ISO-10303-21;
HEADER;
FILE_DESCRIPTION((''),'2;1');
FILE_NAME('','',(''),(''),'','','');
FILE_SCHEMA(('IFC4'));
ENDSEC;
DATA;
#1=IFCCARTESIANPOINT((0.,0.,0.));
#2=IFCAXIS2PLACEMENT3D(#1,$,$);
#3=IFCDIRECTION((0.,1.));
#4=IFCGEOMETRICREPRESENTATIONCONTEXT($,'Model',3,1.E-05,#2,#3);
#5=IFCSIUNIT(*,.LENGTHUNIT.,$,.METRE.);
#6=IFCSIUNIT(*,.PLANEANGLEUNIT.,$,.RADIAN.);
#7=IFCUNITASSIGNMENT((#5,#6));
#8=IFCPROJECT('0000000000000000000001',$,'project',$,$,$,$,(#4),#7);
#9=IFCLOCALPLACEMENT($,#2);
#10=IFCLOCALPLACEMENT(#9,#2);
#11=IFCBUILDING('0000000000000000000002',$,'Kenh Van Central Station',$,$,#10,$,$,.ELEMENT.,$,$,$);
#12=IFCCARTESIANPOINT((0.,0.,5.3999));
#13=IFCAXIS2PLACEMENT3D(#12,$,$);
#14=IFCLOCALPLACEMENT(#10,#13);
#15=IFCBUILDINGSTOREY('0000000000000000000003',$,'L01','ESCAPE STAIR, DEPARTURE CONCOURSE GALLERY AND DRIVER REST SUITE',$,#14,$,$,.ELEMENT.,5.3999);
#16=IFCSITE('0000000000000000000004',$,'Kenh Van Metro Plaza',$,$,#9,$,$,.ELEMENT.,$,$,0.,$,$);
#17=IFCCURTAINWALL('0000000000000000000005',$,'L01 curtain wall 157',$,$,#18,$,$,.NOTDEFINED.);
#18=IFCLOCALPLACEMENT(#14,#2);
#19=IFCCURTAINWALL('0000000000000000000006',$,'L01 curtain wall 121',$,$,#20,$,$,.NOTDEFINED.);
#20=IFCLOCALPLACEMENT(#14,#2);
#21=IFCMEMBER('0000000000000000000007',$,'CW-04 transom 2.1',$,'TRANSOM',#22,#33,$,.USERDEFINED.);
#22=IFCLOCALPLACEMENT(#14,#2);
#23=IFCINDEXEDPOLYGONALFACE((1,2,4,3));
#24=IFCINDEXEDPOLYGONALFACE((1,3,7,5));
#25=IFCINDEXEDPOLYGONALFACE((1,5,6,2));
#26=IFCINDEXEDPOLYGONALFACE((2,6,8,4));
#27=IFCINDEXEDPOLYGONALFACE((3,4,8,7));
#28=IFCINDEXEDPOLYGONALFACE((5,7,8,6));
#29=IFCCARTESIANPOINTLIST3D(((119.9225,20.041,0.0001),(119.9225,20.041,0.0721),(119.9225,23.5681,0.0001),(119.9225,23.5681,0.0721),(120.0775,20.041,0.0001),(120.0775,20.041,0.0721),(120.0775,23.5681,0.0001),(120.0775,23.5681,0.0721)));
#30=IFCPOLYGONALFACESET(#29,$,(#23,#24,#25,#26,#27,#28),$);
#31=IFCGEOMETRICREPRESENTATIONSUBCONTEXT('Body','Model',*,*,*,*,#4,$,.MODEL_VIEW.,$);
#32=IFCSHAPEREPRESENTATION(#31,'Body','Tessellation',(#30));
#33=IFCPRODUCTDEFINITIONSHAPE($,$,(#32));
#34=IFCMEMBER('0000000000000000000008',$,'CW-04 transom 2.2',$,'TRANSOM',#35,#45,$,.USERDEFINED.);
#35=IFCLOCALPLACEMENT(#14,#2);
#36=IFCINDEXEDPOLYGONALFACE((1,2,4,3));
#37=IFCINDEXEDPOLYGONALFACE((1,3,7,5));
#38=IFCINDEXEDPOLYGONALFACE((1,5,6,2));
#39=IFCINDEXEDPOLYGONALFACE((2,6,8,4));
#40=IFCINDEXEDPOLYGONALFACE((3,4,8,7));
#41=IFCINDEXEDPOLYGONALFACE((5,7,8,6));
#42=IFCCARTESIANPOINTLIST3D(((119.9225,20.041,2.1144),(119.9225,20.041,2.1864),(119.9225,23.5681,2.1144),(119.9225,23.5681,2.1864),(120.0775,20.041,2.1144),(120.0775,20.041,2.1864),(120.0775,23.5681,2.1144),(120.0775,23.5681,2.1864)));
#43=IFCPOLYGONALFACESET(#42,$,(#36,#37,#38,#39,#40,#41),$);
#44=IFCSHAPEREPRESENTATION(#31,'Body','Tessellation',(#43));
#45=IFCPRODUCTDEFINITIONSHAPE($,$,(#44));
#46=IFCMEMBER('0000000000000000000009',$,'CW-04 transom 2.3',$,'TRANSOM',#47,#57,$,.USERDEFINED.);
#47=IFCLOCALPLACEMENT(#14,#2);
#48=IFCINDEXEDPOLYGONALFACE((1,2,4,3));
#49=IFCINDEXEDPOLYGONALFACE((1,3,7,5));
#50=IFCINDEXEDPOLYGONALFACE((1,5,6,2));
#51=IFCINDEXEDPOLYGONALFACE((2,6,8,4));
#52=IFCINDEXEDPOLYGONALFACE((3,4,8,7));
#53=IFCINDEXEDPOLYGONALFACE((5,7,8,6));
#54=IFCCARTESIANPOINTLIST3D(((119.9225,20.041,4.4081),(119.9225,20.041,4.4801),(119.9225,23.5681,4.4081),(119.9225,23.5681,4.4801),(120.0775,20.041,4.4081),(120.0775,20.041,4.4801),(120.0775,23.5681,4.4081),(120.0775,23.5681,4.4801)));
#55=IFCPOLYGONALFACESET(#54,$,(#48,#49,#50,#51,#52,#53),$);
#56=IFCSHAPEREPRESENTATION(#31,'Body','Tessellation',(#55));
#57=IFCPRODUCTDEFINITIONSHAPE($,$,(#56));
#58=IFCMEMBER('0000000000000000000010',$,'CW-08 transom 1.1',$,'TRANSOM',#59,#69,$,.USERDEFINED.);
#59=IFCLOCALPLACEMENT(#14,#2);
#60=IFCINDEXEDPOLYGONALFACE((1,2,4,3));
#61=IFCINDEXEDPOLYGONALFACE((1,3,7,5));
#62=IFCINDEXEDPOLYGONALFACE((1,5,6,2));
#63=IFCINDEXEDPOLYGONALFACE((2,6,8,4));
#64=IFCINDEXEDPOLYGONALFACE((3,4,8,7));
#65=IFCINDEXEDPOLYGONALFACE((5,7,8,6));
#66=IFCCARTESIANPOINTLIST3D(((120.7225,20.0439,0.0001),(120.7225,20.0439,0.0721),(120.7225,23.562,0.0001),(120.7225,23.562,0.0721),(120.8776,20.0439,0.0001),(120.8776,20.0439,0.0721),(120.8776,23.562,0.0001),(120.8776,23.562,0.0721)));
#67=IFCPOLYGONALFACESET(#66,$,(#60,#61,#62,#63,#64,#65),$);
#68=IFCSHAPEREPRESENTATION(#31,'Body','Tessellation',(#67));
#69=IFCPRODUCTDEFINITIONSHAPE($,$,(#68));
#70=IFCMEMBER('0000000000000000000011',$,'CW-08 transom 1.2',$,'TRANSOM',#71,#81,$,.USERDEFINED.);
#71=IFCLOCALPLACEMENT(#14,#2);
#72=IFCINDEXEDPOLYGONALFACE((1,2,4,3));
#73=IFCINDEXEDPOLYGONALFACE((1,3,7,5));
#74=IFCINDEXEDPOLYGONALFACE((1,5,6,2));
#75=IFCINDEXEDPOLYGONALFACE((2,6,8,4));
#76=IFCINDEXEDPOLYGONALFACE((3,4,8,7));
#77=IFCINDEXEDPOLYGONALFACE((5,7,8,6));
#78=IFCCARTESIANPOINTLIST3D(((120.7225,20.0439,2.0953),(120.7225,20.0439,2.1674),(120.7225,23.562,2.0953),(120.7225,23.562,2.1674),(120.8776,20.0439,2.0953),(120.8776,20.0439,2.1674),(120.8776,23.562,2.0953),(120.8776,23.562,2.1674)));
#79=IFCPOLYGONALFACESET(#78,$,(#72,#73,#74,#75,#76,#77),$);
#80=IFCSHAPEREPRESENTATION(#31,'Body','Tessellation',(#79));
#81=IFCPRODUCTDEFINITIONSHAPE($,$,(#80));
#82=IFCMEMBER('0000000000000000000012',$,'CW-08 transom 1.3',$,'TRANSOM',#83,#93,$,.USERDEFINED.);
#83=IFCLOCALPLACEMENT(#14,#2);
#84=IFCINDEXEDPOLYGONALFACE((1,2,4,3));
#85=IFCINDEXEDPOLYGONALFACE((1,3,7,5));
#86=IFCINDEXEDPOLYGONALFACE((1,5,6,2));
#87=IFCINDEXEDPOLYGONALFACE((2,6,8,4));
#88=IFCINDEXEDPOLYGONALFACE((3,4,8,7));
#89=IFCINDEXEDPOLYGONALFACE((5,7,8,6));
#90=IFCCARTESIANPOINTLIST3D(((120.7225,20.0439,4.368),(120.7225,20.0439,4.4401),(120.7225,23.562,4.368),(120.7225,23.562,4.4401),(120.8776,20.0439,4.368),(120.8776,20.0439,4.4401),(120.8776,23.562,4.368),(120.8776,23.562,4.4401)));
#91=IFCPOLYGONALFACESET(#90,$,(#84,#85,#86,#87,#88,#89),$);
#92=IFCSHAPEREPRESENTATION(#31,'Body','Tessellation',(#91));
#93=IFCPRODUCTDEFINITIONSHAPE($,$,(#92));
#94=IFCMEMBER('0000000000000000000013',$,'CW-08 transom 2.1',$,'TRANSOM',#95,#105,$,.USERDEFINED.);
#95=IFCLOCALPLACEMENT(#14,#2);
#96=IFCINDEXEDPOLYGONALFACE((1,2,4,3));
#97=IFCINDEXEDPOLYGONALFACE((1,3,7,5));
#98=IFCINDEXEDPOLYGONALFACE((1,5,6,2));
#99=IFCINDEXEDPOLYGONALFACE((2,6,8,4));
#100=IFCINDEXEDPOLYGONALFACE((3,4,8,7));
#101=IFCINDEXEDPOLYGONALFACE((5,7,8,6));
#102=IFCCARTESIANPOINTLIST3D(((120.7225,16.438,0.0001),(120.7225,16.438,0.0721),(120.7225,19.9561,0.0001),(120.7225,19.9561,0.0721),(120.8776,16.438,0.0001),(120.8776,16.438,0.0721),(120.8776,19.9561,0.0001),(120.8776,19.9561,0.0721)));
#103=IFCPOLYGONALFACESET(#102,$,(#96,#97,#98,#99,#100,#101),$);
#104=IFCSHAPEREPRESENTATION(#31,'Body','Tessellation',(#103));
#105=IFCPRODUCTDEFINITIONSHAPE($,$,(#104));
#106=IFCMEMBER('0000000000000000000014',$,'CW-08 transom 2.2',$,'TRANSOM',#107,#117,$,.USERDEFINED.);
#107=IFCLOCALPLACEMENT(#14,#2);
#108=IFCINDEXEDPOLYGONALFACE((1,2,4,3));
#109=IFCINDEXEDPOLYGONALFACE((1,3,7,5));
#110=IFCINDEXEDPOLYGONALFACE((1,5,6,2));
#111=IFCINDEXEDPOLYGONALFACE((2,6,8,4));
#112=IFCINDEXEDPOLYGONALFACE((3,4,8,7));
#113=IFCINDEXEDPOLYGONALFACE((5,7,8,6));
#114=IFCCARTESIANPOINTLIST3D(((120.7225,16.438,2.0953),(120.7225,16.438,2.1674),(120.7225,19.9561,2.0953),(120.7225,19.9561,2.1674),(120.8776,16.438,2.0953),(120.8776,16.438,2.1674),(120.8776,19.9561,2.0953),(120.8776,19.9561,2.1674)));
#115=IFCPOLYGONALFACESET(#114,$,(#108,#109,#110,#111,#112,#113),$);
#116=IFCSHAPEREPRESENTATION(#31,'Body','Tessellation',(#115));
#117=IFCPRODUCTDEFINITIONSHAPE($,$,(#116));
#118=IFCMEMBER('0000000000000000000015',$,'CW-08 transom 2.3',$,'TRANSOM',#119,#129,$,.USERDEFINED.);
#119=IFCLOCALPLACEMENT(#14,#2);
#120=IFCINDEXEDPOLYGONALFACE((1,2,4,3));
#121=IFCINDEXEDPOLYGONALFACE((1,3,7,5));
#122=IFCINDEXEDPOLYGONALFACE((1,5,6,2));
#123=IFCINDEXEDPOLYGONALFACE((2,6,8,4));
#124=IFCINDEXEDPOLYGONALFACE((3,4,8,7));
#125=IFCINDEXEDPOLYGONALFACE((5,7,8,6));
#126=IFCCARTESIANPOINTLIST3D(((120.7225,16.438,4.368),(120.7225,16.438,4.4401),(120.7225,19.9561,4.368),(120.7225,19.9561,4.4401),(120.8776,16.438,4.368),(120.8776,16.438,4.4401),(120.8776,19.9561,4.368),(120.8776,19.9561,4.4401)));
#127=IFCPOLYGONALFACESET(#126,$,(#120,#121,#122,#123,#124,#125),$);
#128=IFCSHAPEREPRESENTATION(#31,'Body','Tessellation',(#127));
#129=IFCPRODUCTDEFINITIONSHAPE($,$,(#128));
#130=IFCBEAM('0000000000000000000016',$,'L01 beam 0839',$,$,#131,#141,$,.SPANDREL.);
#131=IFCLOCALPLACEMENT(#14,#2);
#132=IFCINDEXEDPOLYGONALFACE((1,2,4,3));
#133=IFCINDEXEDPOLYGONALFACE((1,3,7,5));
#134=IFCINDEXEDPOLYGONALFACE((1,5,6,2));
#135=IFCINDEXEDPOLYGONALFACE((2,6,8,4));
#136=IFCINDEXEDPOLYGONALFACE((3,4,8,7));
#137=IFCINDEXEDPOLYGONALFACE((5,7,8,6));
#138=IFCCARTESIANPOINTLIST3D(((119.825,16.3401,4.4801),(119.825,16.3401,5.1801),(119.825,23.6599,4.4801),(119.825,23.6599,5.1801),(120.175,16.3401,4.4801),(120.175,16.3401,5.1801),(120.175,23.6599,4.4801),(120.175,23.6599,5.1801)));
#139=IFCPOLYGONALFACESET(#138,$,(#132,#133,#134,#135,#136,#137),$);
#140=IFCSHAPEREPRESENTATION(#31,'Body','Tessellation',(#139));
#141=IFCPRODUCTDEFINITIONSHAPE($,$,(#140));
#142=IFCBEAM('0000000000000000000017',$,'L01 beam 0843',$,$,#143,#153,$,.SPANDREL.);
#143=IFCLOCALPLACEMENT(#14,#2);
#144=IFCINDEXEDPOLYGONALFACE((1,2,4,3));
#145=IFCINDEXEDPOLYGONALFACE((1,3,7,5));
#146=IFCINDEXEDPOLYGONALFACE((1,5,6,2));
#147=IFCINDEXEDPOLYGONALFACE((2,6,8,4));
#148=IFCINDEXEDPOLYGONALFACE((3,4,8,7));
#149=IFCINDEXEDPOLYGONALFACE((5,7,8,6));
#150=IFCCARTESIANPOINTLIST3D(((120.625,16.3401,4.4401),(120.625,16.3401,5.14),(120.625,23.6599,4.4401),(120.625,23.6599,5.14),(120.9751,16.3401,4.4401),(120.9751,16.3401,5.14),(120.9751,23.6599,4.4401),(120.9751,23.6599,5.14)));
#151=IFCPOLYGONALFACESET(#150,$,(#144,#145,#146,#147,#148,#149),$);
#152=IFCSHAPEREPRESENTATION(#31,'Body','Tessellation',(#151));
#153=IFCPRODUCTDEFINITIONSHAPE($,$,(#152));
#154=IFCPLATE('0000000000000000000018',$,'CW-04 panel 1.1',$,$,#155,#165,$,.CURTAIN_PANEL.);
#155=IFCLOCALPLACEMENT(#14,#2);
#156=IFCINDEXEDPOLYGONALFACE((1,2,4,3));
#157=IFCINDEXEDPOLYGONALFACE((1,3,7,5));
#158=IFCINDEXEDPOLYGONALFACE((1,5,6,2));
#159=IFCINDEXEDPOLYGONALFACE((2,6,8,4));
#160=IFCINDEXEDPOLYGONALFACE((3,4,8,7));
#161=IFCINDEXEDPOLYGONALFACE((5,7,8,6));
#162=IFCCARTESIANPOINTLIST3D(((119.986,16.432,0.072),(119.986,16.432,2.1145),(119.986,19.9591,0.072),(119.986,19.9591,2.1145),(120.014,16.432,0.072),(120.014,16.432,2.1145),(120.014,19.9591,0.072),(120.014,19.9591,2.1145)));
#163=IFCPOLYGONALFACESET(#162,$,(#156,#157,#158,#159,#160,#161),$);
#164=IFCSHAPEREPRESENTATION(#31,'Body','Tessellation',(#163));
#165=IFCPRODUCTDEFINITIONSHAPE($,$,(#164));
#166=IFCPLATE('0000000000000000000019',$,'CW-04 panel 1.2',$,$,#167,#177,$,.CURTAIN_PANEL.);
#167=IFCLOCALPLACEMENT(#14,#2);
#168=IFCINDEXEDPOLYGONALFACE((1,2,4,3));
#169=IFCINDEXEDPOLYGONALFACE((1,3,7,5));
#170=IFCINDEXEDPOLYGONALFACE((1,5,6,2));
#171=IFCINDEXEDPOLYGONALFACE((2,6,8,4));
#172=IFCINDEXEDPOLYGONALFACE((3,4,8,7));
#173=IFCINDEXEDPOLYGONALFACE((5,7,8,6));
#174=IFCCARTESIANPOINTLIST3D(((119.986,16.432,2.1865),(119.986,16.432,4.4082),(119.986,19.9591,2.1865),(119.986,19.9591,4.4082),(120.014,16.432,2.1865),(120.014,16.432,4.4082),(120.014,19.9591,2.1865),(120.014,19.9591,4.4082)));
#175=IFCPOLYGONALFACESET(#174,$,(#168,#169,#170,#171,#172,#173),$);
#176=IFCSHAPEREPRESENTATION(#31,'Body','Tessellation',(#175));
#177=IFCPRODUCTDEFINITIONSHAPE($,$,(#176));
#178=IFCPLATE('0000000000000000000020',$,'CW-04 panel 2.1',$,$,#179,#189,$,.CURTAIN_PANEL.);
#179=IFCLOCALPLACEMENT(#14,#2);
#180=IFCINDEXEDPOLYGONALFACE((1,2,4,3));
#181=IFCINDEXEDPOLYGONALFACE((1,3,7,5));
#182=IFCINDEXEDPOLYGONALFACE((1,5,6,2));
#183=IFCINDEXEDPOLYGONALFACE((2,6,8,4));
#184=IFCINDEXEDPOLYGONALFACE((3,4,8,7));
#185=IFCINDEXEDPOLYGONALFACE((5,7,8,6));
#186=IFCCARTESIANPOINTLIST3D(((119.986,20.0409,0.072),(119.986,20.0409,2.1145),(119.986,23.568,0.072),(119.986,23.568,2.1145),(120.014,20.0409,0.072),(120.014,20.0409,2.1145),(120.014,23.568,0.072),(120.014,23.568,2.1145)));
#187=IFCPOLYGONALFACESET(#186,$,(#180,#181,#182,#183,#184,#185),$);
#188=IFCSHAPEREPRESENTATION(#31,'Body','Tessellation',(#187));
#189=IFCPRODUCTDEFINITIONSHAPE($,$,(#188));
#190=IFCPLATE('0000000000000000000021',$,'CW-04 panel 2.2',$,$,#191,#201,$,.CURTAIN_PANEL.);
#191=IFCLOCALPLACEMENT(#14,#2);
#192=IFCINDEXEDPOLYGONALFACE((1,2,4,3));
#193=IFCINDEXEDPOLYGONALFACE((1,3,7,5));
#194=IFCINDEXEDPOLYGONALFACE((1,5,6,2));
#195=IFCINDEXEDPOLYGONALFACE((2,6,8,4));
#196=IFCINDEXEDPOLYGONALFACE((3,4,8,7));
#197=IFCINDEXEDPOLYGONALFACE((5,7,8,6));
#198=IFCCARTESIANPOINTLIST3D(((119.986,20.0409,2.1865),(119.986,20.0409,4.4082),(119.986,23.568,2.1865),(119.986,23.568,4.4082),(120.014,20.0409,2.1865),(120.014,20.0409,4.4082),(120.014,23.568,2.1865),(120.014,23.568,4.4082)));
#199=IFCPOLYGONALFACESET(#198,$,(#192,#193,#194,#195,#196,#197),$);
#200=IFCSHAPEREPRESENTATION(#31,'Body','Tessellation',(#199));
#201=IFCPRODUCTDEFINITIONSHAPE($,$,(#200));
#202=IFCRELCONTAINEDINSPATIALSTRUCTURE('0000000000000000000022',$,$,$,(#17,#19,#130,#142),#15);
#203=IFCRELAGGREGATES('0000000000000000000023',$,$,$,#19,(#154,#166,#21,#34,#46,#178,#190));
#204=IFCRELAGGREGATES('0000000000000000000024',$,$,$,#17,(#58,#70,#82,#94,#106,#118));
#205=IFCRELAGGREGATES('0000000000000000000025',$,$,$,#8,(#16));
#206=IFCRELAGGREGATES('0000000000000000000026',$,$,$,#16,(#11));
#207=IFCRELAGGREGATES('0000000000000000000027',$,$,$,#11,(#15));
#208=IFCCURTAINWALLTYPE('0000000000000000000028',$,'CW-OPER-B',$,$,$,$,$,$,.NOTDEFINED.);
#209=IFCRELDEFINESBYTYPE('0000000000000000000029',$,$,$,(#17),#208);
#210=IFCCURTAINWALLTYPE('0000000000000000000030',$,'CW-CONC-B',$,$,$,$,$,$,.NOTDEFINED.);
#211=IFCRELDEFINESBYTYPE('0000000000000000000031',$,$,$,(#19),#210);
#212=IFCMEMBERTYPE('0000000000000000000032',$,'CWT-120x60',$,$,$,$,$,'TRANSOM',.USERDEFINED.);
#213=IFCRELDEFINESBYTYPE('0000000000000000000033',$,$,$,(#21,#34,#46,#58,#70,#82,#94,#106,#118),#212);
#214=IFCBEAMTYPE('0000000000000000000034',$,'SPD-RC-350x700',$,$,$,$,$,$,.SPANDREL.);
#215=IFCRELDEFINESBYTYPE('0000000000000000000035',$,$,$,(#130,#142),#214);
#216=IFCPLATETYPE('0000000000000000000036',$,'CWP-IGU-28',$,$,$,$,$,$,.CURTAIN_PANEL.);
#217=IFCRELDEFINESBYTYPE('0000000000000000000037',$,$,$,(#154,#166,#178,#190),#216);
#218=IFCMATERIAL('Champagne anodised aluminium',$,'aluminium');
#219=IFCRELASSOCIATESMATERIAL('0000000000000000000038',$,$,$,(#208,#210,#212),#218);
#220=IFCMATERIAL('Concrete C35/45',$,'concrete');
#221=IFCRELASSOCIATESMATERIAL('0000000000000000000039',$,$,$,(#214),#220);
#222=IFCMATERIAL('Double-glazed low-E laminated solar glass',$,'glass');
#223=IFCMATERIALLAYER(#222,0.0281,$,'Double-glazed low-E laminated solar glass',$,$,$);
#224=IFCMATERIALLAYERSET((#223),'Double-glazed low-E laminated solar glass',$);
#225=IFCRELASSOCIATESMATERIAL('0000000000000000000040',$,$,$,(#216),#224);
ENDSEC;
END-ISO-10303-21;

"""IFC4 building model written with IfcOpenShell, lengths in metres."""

from ifc_helpers import new_model, si_unit, direction, frame, origin, origin_2d, place, context, subcontext, project, spatial, rectangle, extrude, material, layer, layer_set, material_profile, profile_set, type_object, element, aggregate, save


model = new_model("IFC4")

# Units and contexts
model_context = context("Model", 3, precision=1e-05, world=origin(), true_north=direction((0.0, 1.0)))
body_context = subcontext(model_context, "Body", "Model", "MODEL_VIEW")
ifc_project = project(units=[si_unit("LENGTHUNIT", "METRE"), si_unit("PLANEANGLEUNIT", "RADIAN")], contexts=[model_context])

# Site, building, storey
site_placement = place(None, origin())
site = spatial("IfcSite", under=ifc_project, at=site_placement, Name="Kenh Van Metro Plaza", CompositionType="ELEMENT", RefElevation=0.0)
building_placement = place(site_placement, origin())
building = spatial("IfcBuilding", under=site, at=building_placement, Name="Kenh Van Central Station", CompositionType="ELEMENT")
storey_placement = place(building_placement, frame((0.0, 0.0, 5.3999)))
storey = spatial("IfcBuildingStorey", under=building, at=storey_placement, Name="L01", Description="ESCAPE STAIR, DEPARTURE CONCOURSE GALLERY AND DRIVER REST SUITE", CompositionType="ELEMENT", Elevation=5.3999)

# Shared definitions
ifc_material_1 = material(Name="Concrete C35/45", Category="concrete")

# Curtain walls, members
ifc_material_2 = material(Name="Champagne anodised aluminium", Category="aluminium")
curtain_wall_type_1 = type_object("IfcCurtainWallType", Name="CW-OPER-B", PredefinedType="NOTDEFINED", material=ifc_material_2)
curtain_wall_1_placement = place(storey_placement, origin())
curtain_wall_1 = element("IfcCurtainWall", 1, at=curtain_wall_1_placement, inside=storey, type_object=curtain_wall_type_1, Name="L01 curtain wall 157", PredefinedType="NOTDEFINED")
curtain_wall_type_2 = type_object("IfcCurtainWallType", Name="CW-CONC-B", PredefinedType="NOTDEFINED", material=ifc_material_2)
curtain_wall_2_placement = place(storey_placement, origin())
curtain_wall_2 = element("IfcCurtainWall", 2, at=curtain_wall_2_placement, inside=storey, type_object=curtain_wall_type_2, Name="L01 curtain wall 121", PredefinedType="NOTDEFINED")
ifc_material_profile_1 = material_profile(ifc_material_2, rectangle(XDim=0.155, YDim=0.072, at=origin_2d()), Name="AL 155x72")
ifc_profile_set_1 = profile_set([ifc_material_profile_1], Name="Champagne anodised aluminium")
member_type_1 = type_object("IfcMemberType", Name="CWT-120x60", ElementType="TRANSOM", PredefinedType="USERDEFINED", material=ifc_profile_set_1)
member_1_placement = place(storey_placement, frame((120.0, 20.041, 0.0361), z_axis=(0.0, 1.0, 0.0), x_axis=(-1.0, 0.0, 0.0)))
member_1 = element("IfcMember", 3, at=member_1_placement, type_object=member_type_1, Name="CW-04 transom 2.1", ObjectType="TRANSOM", PredefinedType="USERDEFINED", context=body_context, shape_type="SweptSolid", body=[
    extrude(rectangle(XDim=0.155, YDim=0.072, at=origin_2d()), origin(), (0.0, 0.0, 1.0), 3.5271),
])
member_2_placement = place(storey_placement, frame((120.0, 20.041, 2.1504), z_axis=(0.0, 1.0, 0.0), x_axis=(-1.0, 0.0, 0.0)))
member_2 = element("IfcMember", 4, at=member_2_placement, type_object=member_type_1, Name="CW-04 transom 2.2", ObjectType="TRANSOM", PredefinedType="USERDEFINED", context=body_context, shape_type="SweptSolid", body=[
    extrude(rectangle(XDim=0.155, YDim=0.072, at=origin_2d()), origin(), (0.0, 0.0, 1.0), 3.5271),
])
member_3_placement = place(storey_placement, frame((120.0, 20.041, 4.4441), z_axis=(0.0, 1.0, 0.0), x_axis=(-1.0, 0.0, 0.0)))
member_3 = element("IfcMember", 5, at=member_3_placement, type_object=member_type_1, Name="CW-04 transom 2.3", ObjectType="TRANSOM", PredefinedType="USERDEFINED", context=body_context, shape_type="SweptSolid", body=[
    extrude(rectangle(XDim=0.155, YDim=0.072, at=origin_2d()), origin(), (0.0, 0.0, 1.0), 3.5271),
])

# Members
member_4_placement = place(storey_placement, frame((120.8, 23.562, 0.0361), z_axis=(0.0, -1.0, 0.0), x_axis=(1.0, 0.0, 0.0)))
member_4 = element("IfcMember", 6, at=member_4_placement, type_object=member_type_1, Name="CW-08 transom 1.1", ObjectType="TRANSOM", PredefinedType="USERDEFINED", context=body_context, shape_type="SweptSolid", body=[
    extrude(rectangle(XDim=0.155, YDim=0.072, at=origin_2d()), origin(), (0.0, 0.0, 1.0), 3.5181),
])
member_5_placement = place(storey_placement, frame((120.8, 23.562, 2.1313), z_axis=(0.0, -1.0, 0.0), x_axis=(1.0, 0.0, 0.0)))
member_5 = element("IfcMember", 7, at=member_5_placement, type_object=member_type_1, Name="CW-08 transom 1.2", ObjectType="TRANSOM", PredefinedType="USERDEFINED", context=body_context, shape_type="SweptSolid", body=[
    extrude(rectangle(XDim=0.155, YDim=0.072, at=origin_2d()), origin(), (0.0, 0.0, 1.0), 3.5181),
])
member_6_placement = place(storey_placement, frame((120.8, 23.562, 4.4041), z_axis=(0.0, -1.0, 0.0), x_axis=(1.0, 0.0, 0.0)))
member_6 = element("IfcMember", 8, at=member_6_placement, type_object=member_type_1, Name="CW-08 transom 1.3", ObjectType="TRANSOM", PredefinedType="USERDEFINED", context=body_context, shape_type="SweptSolid", body=[
    extrude(rectangle(XDim=0.155, YDim=0.072, at=origin_2d()), origin(), (0.0, 0.0, 1.0), 3.5181),
])
member_7_placement = place(storey_placement, frame((120.8, 19.9561, 0.0361), z_axis=(0.0, -1.0, 0.0), x_axis=(1.0, 0.0, 0.0)))
member_7 = element("IfcMember", 9, at=member_7_placement, type_object=member_type_1, Name="CW-08 transom 2.1", ObjectType="TRANSOM", PredefinedType="USERDEFINED", context=body_context, shape_type="SweptSolid", body=[
    extrude(rectangle(XDim=0.155, YDim=0.072, at=origin_2d()), origin(), (0.0, 0.0, 1.0), 3.5181),
])
member_8_placement = place(storey_placement, frame((120.8, 19.9561, 2.1313), z_axis=(0.0, -1.0, 0.0), x_axis=(1.0, 0.0, 0.0)))
member_8 = element("IfcMember", 10, at=member_8_placement, type_object=member_type_1, Name="CW-08 transom 2.2", ObjectType="TRANSOM", PredefinedType="USERDEFINED", context=body_context, shape_type="SweptSolid", body=[
    extrude(rectangle(XDim=0.155, YDim=0.072, at=origin_2d()), origin(), (0.0, 0.0, 1.0), 3.5181),
])
member_9_placement = place(storey_placement, frame((120.8, 19.9561, 4.4041), z_axis=(0.0, -1.0, 0.0), x_axis=(1.0, 0.0, 0.0)))
member_9 = element("IfcMember", 11, at=member_9_placement, type_object=member_type_1, Name="CW-08 transom 2.3", ObjectType="TRANSOM", PredefinedType="USERDEFINED", context=body_context, shape_type="SweptSolid", body=[
    extrude(rectangle(XDim=0.155, YDim=0.072, at=origin_2d()), origin(), (0.0, 0.0, 1.0), 3.5181),
])

# Beams
ifc_material_profile_2 = material_profile(ifc_material_1, rectangle(XDim=0.3501, YDim=0.7, at=origin_2d()), Name="RC 350x700")
ifc_profile_set_2 = profile_set([ifc_material_profile_2], Name="Concrete C35/45")
beam_type_1 = type_object("IfcBeamType", Name="SPD-RC-350x700", PredefinedType="SPANDREL", material=ifc_profile_set_2)
for number, where, z_axis, x_axis, name in (
    (12, (120.0, 16.3401, 4.8301), (0.0, 1.0, 0.0), (-1.0, 0.0, 0.0), "L01 beam 0839"),
    (13, (120.8, 16.3401, 4.79), (0.0, 1.0, 0.0), (-1.0, 0.0, 0.0), "L01 beam 0843"),
):
    element("IfcBeam", number, at=place(storey_placement, frame(where, z_axis=z_axis, x_axis=x_axis)), inside=storey, type_object=beam_type_1, Name=name, PredefinedType="SPANDREL", context=body_context, shape_type="SweptSolid", body=[
        extrude(rectangle(XDim=0.3501, YDim=0.7, at=origin_2d()), origin(), (0.0, 0.0, 1.0), 7.3198),
    ])

# Plates
ifc_material_3 = material(Name="Double-glazed low-E laminated solar glass", Category="glass")
ifc_layer_1 = layer(ifc_material_3, 0.0281, Name="Double-glazed low-E laminated solar glass")
ifc_layer_set_1 = layer_set([ifc_layer_1], Name="Double-glazed low-E laminated solar glass")
plate_type_1 = type_object("IfcPlateType", Name="CWP-IGU-28", PredefinedType="CURTAIN_PANEL", material=ifc_layer_set_1)
plate_1_placement = place(storey_placement, frame((120.0, 18.1956, 0.072), z_axis=(0.0, 0.0, 1.0), x_axis=(0.0, 1.0, 0.0)))
plate_1 = element("IfcPlate", 14, at=plate_1_placement, type_object=plate_type_1, Name="CW-04 panel 1.1", PredefinedType="CURTAIN_PANEL", context=body_context, shape_type="SweptSolid", body=[
    extrude(rectangle(XDim=3.5271, YDim=0.0281, at=origin_2d()), origin(), (0.0, 0.0, 1.0), 2.0425),
])
plate_2_placement = place(storey_placement, frame((120.0, 18.1956, 2.1865), z_axis=(0.0, 0.0, 1.0), x_axis=(0.0, 1.0, 0.0)))
plate_2 = element("IfcPlate", 15, at=plate_2_placement, type_object=plate_type_1, Name="CW-04 panel 1.2", PredefinedType="CURTAIN_PANEL", context=body_context, shape_type="SweptSolid", body=[
    extrude(rectangle(XDim=3.5271, YDim=0.0281, at=origin_2d()), origin(), (0.0, 0.0, 1.0), 2.2217),
])
plate_3_placement = place(storey_placement, frame((120.0, 21.8044, 0.072), z_axis=(0.0, 0.0, 1.0), x_axis=(0.0, 1.0, 0.0)))
plate_3 = element("IfcPlate", 16, at=plate_3_placement, type_object=plate_type_1, Name="CW-04 panel 2.1", PredefinedType="CURTAIN_PANEL", context=body_context, shape_type="SweptSolid", body=[
    extrude(rectangle(XDim=3.5271, YDim=0.0281, at=origin_2d()), origin(), (0.0, 0.0, 1.0), 2.0425),
])
plate_4_placement = place(storey_placement, frame((120.0, 21.8044, 2.1865), z_axis=(0.0, 0.0, 1.0), x_axis=(0.0, 1.0, 0.0)))
plate_4 = element("IfcPlate", 17, at=plate_4_placement, type_object=plate_type_1, Name="CW-04 panel 2.2", PredefinedType="CURTAIN_PANEL", context=body_context, shape_type="SweptSolid", body=[
    extrude(rectangle(XDim=3.5271, YDim=0.0281, at=origin_2d()), origin(), (0.0, 0.0, 1.0), 2.2217),
])
aggregate(curtain_wall_2, [plate_1, plate_2, member_1, member_2, member_3, plate_3, plate_4])
aggregate(curtain_wall_1, [member_4, member_5, member_6, member_7, member_8, member_9])

save(model, "model.ifc")
